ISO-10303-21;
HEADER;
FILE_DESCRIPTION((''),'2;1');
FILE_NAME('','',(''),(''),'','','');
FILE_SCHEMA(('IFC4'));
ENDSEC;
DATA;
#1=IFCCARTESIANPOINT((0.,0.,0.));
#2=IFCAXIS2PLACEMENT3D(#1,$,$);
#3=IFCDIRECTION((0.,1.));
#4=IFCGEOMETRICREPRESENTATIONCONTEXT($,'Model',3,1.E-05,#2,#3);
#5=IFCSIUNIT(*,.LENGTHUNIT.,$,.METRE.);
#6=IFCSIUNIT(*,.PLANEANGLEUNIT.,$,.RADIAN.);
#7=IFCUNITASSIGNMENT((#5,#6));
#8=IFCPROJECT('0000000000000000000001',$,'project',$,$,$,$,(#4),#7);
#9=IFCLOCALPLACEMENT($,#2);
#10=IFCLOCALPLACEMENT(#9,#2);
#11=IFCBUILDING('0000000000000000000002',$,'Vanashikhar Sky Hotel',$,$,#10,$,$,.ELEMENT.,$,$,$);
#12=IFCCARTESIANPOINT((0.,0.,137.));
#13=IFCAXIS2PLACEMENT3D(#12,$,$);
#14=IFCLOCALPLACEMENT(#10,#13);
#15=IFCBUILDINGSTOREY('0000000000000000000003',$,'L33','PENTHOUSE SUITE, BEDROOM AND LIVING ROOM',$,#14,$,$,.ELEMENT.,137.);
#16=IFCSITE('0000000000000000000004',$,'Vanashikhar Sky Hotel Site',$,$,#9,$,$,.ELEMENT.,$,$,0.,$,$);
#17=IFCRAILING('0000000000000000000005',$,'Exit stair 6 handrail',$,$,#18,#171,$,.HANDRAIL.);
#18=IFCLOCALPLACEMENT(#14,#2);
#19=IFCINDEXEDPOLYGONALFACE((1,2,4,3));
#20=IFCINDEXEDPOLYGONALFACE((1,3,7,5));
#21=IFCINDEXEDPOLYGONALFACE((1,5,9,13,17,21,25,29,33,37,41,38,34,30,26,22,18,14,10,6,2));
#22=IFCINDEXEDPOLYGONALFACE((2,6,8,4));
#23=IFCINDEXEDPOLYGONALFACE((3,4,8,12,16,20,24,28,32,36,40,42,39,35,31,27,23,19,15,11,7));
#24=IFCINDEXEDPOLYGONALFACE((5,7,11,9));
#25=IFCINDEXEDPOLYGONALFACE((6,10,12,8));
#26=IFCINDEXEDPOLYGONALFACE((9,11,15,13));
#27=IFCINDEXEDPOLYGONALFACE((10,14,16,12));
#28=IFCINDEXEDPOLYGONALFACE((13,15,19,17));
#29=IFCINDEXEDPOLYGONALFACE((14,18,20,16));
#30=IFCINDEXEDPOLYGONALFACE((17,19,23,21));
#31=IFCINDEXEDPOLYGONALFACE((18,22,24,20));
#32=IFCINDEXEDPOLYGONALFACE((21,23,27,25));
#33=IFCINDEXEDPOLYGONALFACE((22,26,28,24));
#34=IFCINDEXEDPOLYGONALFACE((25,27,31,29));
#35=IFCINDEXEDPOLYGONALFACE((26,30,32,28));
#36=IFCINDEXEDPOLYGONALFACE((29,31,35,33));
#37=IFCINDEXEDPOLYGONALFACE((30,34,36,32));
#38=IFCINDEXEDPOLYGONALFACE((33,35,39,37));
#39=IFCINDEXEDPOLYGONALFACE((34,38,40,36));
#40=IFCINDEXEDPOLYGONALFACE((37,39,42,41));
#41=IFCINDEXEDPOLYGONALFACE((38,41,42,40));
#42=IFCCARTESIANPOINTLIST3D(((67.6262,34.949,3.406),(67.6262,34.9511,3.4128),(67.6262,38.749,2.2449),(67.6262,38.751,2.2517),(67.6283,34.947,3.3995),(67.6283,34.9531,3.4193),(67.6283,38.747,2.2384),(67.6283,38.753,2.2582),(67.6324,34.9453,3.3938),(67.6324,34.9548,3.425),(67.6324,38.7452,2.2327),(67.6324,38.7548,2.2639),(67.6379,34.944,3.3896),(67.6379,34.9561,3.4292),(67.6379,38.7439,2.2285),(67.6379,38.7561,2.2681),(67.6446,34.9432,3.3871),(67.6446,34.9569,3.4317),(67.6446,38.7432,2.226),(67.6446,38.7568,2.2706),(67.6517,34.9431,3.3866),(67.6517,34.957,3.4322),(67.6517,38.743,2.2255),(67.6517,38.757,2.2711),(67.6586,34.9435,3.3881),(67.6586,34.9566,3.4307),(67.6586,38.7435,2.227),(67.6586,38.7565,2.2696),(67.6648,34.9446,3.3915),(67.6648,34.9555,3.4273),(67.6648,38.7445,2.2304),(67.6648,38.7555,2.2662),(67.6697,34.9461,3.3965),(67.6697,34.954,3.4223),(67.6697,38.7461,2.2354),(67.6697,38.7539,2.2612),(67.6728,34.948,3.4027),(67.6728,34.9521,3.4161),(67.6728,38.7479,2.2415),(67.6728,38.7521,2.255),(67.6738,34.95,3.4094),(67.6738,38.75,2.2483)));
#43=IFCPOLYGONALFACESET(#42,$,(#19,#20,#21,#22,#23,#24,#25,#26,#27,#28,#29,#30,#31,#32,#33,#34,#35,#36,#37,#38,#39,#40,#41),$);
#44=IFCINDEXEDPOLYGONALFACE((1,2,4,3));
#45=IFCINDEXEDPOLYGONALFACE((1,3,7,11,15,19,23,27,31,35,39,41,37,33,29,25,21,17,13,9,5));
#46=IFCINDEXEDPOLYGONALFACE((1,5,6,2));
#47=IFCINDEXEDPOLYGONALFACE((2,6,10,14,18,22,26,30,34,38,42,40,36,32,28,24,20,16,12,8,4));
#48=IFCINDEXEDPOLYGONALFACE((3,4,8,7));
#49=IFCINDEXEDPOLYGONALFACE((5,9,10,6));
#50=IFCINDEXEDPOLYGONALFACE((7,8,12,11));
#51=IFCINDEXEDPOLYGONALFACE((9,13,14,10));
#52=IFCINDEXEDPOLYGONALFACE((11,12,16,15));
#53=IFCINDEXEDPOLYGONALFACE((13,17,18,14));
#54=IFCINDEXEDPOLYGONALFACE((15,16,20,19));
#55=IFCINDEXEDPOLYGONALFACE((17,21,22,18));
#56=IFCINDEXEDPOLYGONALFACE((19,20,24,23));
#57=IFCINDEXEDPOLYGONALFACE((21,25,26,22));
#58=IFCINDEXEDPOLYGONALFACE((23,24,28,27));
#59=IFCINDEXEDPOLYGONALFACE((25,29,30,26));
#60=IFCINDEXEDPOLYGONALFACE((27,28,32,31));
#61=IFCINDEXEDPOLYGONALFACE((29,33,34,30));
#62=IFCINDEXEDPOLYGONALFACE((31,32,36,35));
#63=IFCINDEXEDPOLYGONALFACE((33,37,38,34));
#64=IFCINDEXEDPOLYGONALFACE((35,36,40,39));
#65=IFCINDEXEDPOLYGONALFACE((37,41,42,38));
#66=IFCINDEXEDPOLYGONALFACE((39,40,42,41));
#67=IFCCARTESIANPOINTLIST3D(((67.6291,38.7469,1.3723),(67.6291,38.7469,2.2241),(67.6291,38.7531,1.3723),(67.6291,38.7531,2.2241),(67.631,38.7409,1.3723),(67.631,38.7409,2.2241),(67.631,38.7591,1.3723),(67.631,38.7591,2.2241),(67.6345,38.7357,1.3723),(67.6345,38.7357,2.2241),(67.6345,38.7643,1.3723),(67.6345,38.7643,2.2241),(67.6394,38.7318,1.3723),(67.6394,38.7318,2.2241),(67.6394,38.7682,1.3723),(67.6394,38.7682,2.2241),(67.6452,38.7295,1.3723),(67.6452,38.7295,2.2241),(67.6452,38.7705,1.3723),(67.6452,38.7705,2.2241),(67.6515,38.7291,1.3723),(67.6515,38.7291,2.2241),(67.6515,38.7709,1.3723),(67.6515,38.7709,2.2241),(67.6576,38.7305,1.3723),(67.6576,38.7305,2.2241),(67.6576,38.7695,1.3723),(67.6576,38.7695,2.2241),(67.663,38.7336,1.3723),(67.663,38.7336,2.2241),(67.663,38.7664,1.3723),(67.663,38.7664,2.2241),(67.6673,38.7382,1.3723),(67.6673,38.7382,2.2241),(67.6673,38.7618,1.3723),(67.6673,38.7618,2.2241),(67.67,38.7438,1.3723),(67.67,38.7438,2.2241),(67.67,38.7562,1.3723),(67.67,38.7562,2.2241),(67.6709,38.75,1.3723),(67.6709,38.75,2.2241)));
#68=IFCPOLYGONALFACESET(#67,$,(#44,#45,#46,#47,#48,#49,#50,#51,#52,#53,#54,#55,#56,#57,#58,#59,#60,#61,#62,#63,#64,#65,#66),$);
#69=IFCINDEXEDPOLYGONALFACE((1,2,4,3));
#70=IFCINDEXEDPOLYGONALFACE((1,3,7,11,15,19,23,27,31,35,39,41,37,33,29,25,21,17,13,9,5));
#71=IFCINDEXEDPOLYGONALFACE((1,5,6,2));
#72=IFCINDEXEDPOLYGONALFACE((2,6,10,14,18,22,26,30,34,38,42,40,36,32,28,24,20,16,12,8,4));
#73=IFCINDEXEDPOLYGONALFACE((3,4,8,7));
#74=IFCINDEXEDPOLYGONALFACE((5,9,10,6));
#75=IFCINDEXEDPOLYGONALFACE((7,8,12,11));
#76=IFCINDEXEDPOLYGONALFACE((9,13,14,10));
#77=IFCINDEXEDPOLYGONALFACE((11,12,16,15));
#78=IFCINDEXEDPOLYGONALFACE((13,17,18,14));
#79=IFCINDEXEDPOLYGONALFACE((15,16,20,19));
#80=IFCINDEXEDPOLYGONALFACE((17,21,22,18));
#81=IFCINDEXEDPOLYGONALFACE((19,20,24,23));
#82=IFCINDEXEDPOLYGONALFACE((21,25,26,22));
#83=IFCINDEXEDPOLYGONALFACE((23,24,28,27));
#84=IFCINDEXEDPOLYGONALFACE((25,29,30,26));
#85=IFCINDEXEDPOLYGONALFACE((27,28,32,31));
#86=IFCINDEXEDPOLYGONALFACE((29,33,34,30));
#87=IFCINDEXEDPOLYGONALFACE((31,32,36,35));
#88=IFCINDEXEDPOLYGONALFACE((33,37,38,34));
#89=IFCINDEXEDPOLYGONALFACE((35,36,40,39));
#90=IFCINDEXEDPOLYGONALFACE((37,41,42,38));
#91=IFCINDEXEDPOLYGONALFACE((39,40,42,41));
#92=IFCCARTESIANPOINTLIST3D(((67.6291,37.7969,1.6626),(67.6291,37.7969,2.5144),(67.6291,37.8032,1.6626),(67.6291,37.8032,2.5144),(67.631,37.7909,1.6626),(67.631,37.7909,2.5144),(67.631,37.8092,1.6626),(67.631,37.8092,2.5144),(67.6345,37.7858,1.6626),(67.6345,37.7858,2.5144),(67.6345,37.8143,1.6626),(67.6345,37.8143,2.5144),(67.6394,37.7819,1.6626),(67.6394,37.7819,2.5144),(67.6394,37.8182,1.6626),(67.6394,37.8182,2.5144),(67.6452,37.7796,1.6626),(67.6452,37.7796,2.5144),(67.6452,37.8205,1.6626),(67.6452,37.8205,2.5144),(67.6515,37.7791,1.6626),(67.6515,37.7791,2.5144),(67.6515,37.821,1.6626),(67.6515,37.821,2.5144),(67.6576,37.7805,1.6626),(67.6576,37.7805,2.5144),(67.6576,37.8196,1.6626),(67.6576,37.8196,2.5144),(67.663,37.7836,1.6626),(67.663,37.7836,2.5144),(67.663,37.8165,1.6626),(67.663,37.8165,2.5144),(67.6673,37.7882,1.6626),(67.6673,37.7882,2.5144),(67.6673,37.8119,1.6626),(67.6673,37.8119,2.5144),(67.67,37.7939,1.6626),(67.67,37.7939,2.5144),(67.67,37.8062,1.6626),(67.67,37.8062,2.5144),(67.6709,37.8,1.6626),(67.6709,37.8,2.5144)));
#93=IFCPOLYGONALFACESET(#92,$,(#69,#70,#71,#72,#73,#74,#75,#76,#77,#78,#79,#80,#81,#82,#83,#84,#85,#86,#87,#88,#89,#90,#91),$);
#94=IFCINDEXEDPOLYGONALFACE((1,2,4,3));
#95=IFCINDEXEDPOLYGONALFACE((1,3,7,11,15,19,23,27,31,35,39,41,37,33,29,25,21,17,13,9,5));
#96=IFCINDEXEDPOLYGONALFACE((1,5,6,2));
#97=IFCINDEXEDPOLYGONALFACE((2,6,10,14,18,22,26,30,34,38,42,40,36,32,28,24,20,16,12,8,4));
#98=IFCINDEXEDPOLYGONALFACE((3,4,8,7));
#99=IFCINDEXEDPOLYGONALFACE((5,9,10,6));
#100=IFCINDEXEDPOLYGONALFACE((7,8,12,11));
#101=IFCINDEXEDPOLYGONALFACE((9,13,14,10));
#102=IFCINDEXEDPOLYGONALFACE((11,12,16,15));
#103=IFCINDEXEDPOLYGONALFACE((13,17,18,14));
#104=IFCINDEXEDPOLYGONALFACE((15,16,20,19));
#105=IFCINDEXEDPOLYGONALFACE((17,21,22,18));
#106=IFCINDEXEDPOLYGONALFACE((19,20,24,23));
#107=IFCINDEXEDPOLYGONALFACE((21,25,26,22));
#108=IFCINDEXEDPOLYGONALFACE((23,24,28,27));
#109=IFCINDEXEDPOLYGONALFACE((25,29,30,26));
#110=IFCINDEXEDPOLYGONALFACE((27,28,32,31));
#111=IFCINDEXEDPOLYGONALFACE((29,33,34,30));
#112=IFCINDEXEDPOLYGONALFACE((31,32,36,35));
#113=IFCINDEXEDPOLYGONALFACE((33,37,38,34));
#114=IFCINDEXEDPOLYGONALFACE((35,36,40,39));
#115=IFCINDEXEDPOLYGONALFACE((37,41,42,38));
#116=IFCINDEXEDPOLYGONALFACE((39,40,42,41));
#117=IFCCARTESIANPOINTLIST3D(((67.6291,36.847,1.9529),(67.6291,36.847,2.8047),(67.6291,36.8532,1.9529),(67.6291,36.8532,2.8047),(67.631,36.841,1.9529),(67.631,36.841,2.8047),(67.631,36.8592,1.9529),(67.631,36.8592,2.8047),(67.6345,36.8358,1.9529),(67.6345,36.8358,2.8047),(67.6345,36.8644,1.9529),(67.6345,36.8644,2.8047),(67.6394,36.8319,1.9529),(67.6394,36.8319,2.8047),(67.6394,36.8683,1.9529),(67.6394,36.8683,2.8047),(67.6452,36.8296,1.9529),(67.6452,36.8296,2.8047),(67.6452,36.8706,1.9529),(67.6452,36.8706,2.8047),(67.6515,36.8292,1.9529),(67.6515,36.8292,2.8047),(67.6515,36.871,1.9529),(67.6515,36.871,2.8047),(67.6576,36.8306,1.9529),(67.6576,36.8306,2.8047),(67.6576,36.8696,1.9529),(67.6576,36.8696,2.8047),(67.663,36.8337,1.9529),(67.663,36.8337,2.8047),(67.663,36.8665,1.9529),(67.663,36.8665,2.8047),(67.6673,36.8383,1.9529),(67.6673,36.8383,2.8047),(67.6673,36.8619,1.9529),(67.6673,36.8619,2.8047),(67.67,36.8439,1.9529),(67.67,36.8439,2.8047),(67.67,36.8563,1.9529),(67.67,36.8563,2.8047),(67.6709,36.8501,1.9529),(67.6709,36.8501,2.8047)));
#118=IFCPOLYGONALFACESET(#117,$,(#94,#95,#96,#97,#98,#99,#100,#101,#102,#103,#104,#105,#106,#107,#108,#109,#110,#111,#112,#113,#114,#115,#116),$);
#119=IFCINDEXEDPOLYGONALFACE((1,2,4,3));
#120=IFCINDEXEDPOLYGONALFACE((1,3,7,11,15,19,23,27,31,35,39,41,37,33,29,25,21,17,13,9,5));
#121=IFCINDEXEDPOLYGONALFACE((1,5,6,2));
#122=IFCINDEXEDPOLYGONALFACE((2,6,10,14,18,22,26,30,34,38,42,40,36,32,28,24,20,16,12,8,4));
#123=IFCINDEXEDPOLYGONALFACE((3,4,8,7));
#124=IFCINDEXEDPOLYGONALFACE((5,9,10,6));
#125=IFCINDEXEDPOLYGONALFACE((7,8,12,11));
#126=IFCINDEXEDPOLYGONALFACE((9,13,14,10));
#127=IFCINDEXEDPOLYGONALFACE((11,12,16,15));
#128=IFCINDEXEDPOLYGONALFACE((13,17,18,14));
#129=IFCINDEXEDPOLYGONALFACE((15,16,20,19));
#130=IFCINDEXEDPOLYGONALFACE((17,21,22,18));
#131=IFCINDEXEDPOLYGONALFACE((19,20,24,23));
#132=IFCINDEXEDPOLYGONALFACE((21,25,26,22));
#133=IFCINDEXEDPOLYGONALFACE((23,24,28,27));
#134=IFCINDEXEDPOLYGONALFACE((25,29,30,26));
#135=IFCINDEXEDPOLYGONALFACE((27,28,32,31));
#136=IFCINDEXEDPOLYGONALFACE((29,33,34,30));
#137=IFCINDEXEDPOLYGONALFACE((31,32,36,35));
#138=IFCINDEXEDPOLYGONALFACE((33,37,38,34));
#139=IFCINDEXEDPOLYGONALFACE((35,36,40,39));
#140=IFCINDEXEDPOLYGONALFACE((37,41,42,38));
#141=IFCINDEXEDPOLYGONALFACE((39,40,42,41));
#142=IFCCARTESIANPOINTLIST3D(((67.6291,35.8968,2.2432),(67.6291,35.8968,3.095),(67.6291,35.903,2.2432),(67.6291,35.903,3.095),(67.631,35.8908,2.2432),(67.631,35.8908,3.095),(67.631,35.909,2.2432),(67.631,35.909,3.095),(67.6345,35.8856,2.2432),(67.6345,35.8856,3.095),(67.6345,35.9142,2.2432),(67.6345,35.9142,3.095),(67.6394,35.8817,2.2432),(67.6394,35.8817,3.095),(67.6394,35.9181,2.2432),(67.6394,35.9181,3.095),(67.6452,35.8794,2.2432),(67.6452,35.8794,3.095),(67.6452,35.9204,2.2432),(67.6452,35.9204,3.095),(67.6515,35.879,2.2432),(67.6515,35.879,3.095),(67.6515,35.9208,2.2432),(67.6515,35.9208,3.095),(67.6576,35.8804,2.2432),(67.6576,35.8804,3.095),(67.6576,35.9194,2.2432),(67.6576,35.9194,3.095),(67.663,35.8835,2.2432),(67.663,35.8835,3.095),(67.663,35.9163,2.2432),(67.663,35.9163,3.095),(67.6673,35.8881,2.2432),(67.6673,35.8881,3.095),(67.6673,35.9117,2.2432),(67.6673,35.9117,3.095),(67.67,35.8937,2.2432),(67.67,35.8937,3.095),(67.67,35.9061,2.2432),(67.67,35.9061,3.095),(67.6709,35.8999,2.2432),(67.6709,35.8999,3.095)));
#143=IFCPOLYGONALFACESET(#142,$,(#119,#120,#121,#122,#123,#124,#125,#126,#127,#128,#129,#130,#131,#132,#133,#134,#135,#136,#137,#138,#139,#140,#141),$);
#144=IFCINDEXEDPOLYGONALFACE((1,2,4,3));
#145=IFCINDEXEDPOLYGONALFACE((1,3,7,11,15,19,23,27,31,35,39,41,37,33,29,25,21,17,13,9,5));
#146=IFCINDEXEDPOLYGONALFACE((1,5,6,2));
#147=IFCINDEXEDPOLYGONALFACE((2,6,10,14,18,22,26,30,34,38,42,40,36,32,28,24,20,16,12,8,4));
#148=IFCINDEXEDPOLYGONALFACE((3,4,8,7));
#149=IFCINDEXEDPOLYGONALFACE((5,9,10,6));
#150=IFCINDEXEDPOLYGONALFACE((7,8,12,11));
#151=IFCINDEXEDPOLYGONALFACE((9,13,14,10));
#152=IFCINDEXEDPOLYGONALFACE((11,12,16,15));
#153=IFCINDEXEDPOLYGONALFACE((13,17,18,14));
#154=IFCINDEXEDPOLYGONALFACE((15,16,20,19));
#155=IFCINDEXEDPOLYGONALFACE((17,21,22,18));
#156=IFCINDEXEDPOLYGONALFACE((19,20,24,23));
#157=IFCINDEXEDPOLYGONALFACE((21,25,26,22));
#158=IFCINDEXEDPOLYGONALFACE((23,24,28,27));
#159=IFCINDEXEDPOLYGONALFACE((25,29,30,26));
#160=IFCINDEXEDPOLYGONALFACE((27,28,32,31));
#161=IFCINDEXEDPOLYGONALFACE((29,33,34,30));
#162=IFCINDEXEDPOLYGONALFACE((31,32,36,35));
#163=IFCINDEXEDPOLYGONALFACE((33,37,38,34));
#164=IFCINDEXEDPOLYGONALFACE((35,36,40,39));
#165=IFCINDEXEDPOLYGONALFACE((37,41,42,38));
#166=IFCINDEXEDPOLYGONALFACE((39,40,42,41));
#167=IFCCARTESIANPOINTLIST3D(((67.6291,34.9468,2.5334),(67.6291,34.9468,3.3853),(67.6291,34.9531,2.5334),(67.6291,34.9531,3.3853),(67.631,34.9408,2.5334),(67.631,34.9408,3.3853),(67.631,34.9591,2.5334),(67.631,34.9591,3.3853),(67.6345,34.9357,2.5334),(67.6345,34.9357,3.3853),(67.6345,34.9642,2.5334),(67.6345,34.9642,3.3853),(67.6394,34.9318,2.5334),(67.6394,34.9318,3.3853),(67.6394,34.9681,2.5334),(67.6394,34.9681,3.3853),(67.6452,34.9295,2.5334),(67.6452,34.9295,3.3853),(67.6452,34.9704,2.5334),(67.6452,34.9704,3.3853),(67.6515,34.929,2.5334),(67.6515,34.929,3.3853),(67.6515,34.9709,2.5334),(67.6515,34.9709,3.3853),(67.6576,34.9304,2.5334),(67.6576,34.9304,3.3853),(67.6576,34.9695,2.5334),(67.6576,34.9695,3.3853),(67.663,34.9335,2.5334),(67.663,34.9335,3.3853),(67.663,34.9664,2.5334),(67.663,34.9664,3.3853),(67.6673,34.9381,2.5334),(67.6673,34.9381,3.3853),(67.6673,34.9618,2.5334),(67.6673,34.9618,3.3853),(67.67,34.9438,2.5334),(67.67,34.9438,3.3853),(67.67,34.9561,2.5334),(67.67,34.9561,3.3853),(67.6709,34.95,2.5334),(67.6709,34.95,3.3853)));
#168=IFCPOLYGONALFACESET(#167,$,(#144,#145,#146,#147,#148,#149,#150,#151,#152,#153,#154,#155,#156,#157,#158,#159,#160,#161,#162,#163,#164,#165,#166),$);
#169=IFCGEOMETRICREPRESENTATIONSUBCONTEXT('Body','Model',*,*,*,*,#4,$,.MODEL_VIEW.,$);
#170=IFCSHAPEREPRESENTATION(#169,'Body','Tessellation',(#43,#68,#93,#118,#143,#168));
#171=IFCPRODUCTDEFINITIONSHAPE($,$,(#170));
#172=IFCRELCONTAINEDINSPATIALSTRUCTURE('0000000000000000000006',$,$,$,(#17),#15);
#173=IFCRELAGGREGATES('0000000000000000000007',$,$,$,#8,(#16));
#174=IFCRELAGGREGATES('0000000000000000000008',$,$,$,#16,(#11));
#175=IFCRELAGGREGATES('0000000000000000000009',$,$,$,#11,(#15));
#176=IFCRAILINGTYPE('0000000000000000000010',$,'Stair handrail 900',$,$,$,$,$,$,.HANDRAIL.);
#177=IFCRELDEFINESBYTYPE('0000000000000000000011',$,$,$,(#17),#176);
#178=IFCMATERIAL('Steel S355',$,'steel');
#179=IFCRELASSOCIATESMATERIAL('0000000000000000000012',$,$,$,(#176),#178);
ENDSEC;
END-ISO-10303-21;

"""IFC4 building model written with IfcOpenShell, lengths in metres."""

from ifc_helpers import new_model, si_unit, direction, frame, origin, origin_2d, place, context, subcontext, project, spatial, circle, extrude, source, transform, mapped, material, type_object, element, save


model = new_model("IFC4")

# Units and contexts
model_context = context("Model", 3, precision=1e-05, world=origin(), true_north=direction((0.0, 1.0)))
body_context = subcontext(model_context, "Body", "Model", "MODEL_VIEW")
ifc_project = project(units=[si_unit("LENGTHUNIT", "METRE"), si_unit("PLANEANGLEUNIT", "RADIAN")], contexts=[model_context])

# Site, building, storey
site_placement = place(None, origin())
site = spatial("IfcSite", under=ifc_project, at=site_placement, Name="Vanashikhar Sky Hotel Site", CompositionType="ELEMENT", RefElevation=0.0)
building_placement = place(site_placement, origin())
building = spatial("IfcBuilding", under=site, at=building_placement, Name="Vanashikhar Sky Hotel", CompositionType="ELEMENT")
storey_placement = place(building_placement, frame((0.0, 0.0, 137.0)))
storey = spatial("IfcBuildingStorey", under=building, at=storey_placement, Name="L33", Description="PENTHOUSE SUITE, BEDROOM AND LIVING ROOM", CompositionType="ELEMENT", Elevation=137.0)

# Railing
ifc_material_1 = material(Name="Steel S355", Category="steel")
railing_type = type_object("IfcRailingType", Name="Stair handrail 900", PredefinedType="HANDRAIL", material=ifc_material_1)
shared_shape_1 = source(origin(), body_context, "Body", "SweptSolid", [
    extrude(circle(Radius=0.0239, at=origin_2d()), frame((0.0, 0.0, 0.876), z_axis=(0.0, -0.956351, 0.29222), x_axis=(1.0, 0.0, 0.0)), (0.0, 0.0, 1.0), 3.9734),
    extrude(circle(Radius=0.021, at=origin_2d()), origin(), (0.0, 0.0, 1.0), 0.8518),
    extrude(circle(Radius=0.021, at=origin_2d()), frame((0.0, -0.95, 0.2903)), (0.0, 0.0, 1.0), 0.8518),
    extrude(circle(Radius=0.021, at=origin_2d()), frame((0.0, -1.8999, 0.5806)), (0.0, 0.0, 1.0), 0.8518),
    extrude(circle(Radius=0.021, at=origin_2d()), frame((0.0, -2.8501, 0.8708)), (0.0, 0.0, 1.0), 0.8518),
    extrude(circle(Radius=0.021, at=origin_2d()), frame((0.0, -3.8, 1.1611)), (0.0, 0.0, 1.0), 0.8518),
])
for number, where, name in (
    (1, (67.6499, 38.75, 1.3723), "Exit stair 6 handrail"),
):
    element("IfcRailing", number, at=place(storey_placement, frame(where)), inside=storey, type_object=railing_type, Name=name, PredefinedType="HANDRAIL", context=body_context, shape_type="MappedRepresentation", body=[
        mapped(shared_shape_1, transform((0.0, 0.0, 0.0), scale=1.0)),
    ])

save(model, "model.ifc")
